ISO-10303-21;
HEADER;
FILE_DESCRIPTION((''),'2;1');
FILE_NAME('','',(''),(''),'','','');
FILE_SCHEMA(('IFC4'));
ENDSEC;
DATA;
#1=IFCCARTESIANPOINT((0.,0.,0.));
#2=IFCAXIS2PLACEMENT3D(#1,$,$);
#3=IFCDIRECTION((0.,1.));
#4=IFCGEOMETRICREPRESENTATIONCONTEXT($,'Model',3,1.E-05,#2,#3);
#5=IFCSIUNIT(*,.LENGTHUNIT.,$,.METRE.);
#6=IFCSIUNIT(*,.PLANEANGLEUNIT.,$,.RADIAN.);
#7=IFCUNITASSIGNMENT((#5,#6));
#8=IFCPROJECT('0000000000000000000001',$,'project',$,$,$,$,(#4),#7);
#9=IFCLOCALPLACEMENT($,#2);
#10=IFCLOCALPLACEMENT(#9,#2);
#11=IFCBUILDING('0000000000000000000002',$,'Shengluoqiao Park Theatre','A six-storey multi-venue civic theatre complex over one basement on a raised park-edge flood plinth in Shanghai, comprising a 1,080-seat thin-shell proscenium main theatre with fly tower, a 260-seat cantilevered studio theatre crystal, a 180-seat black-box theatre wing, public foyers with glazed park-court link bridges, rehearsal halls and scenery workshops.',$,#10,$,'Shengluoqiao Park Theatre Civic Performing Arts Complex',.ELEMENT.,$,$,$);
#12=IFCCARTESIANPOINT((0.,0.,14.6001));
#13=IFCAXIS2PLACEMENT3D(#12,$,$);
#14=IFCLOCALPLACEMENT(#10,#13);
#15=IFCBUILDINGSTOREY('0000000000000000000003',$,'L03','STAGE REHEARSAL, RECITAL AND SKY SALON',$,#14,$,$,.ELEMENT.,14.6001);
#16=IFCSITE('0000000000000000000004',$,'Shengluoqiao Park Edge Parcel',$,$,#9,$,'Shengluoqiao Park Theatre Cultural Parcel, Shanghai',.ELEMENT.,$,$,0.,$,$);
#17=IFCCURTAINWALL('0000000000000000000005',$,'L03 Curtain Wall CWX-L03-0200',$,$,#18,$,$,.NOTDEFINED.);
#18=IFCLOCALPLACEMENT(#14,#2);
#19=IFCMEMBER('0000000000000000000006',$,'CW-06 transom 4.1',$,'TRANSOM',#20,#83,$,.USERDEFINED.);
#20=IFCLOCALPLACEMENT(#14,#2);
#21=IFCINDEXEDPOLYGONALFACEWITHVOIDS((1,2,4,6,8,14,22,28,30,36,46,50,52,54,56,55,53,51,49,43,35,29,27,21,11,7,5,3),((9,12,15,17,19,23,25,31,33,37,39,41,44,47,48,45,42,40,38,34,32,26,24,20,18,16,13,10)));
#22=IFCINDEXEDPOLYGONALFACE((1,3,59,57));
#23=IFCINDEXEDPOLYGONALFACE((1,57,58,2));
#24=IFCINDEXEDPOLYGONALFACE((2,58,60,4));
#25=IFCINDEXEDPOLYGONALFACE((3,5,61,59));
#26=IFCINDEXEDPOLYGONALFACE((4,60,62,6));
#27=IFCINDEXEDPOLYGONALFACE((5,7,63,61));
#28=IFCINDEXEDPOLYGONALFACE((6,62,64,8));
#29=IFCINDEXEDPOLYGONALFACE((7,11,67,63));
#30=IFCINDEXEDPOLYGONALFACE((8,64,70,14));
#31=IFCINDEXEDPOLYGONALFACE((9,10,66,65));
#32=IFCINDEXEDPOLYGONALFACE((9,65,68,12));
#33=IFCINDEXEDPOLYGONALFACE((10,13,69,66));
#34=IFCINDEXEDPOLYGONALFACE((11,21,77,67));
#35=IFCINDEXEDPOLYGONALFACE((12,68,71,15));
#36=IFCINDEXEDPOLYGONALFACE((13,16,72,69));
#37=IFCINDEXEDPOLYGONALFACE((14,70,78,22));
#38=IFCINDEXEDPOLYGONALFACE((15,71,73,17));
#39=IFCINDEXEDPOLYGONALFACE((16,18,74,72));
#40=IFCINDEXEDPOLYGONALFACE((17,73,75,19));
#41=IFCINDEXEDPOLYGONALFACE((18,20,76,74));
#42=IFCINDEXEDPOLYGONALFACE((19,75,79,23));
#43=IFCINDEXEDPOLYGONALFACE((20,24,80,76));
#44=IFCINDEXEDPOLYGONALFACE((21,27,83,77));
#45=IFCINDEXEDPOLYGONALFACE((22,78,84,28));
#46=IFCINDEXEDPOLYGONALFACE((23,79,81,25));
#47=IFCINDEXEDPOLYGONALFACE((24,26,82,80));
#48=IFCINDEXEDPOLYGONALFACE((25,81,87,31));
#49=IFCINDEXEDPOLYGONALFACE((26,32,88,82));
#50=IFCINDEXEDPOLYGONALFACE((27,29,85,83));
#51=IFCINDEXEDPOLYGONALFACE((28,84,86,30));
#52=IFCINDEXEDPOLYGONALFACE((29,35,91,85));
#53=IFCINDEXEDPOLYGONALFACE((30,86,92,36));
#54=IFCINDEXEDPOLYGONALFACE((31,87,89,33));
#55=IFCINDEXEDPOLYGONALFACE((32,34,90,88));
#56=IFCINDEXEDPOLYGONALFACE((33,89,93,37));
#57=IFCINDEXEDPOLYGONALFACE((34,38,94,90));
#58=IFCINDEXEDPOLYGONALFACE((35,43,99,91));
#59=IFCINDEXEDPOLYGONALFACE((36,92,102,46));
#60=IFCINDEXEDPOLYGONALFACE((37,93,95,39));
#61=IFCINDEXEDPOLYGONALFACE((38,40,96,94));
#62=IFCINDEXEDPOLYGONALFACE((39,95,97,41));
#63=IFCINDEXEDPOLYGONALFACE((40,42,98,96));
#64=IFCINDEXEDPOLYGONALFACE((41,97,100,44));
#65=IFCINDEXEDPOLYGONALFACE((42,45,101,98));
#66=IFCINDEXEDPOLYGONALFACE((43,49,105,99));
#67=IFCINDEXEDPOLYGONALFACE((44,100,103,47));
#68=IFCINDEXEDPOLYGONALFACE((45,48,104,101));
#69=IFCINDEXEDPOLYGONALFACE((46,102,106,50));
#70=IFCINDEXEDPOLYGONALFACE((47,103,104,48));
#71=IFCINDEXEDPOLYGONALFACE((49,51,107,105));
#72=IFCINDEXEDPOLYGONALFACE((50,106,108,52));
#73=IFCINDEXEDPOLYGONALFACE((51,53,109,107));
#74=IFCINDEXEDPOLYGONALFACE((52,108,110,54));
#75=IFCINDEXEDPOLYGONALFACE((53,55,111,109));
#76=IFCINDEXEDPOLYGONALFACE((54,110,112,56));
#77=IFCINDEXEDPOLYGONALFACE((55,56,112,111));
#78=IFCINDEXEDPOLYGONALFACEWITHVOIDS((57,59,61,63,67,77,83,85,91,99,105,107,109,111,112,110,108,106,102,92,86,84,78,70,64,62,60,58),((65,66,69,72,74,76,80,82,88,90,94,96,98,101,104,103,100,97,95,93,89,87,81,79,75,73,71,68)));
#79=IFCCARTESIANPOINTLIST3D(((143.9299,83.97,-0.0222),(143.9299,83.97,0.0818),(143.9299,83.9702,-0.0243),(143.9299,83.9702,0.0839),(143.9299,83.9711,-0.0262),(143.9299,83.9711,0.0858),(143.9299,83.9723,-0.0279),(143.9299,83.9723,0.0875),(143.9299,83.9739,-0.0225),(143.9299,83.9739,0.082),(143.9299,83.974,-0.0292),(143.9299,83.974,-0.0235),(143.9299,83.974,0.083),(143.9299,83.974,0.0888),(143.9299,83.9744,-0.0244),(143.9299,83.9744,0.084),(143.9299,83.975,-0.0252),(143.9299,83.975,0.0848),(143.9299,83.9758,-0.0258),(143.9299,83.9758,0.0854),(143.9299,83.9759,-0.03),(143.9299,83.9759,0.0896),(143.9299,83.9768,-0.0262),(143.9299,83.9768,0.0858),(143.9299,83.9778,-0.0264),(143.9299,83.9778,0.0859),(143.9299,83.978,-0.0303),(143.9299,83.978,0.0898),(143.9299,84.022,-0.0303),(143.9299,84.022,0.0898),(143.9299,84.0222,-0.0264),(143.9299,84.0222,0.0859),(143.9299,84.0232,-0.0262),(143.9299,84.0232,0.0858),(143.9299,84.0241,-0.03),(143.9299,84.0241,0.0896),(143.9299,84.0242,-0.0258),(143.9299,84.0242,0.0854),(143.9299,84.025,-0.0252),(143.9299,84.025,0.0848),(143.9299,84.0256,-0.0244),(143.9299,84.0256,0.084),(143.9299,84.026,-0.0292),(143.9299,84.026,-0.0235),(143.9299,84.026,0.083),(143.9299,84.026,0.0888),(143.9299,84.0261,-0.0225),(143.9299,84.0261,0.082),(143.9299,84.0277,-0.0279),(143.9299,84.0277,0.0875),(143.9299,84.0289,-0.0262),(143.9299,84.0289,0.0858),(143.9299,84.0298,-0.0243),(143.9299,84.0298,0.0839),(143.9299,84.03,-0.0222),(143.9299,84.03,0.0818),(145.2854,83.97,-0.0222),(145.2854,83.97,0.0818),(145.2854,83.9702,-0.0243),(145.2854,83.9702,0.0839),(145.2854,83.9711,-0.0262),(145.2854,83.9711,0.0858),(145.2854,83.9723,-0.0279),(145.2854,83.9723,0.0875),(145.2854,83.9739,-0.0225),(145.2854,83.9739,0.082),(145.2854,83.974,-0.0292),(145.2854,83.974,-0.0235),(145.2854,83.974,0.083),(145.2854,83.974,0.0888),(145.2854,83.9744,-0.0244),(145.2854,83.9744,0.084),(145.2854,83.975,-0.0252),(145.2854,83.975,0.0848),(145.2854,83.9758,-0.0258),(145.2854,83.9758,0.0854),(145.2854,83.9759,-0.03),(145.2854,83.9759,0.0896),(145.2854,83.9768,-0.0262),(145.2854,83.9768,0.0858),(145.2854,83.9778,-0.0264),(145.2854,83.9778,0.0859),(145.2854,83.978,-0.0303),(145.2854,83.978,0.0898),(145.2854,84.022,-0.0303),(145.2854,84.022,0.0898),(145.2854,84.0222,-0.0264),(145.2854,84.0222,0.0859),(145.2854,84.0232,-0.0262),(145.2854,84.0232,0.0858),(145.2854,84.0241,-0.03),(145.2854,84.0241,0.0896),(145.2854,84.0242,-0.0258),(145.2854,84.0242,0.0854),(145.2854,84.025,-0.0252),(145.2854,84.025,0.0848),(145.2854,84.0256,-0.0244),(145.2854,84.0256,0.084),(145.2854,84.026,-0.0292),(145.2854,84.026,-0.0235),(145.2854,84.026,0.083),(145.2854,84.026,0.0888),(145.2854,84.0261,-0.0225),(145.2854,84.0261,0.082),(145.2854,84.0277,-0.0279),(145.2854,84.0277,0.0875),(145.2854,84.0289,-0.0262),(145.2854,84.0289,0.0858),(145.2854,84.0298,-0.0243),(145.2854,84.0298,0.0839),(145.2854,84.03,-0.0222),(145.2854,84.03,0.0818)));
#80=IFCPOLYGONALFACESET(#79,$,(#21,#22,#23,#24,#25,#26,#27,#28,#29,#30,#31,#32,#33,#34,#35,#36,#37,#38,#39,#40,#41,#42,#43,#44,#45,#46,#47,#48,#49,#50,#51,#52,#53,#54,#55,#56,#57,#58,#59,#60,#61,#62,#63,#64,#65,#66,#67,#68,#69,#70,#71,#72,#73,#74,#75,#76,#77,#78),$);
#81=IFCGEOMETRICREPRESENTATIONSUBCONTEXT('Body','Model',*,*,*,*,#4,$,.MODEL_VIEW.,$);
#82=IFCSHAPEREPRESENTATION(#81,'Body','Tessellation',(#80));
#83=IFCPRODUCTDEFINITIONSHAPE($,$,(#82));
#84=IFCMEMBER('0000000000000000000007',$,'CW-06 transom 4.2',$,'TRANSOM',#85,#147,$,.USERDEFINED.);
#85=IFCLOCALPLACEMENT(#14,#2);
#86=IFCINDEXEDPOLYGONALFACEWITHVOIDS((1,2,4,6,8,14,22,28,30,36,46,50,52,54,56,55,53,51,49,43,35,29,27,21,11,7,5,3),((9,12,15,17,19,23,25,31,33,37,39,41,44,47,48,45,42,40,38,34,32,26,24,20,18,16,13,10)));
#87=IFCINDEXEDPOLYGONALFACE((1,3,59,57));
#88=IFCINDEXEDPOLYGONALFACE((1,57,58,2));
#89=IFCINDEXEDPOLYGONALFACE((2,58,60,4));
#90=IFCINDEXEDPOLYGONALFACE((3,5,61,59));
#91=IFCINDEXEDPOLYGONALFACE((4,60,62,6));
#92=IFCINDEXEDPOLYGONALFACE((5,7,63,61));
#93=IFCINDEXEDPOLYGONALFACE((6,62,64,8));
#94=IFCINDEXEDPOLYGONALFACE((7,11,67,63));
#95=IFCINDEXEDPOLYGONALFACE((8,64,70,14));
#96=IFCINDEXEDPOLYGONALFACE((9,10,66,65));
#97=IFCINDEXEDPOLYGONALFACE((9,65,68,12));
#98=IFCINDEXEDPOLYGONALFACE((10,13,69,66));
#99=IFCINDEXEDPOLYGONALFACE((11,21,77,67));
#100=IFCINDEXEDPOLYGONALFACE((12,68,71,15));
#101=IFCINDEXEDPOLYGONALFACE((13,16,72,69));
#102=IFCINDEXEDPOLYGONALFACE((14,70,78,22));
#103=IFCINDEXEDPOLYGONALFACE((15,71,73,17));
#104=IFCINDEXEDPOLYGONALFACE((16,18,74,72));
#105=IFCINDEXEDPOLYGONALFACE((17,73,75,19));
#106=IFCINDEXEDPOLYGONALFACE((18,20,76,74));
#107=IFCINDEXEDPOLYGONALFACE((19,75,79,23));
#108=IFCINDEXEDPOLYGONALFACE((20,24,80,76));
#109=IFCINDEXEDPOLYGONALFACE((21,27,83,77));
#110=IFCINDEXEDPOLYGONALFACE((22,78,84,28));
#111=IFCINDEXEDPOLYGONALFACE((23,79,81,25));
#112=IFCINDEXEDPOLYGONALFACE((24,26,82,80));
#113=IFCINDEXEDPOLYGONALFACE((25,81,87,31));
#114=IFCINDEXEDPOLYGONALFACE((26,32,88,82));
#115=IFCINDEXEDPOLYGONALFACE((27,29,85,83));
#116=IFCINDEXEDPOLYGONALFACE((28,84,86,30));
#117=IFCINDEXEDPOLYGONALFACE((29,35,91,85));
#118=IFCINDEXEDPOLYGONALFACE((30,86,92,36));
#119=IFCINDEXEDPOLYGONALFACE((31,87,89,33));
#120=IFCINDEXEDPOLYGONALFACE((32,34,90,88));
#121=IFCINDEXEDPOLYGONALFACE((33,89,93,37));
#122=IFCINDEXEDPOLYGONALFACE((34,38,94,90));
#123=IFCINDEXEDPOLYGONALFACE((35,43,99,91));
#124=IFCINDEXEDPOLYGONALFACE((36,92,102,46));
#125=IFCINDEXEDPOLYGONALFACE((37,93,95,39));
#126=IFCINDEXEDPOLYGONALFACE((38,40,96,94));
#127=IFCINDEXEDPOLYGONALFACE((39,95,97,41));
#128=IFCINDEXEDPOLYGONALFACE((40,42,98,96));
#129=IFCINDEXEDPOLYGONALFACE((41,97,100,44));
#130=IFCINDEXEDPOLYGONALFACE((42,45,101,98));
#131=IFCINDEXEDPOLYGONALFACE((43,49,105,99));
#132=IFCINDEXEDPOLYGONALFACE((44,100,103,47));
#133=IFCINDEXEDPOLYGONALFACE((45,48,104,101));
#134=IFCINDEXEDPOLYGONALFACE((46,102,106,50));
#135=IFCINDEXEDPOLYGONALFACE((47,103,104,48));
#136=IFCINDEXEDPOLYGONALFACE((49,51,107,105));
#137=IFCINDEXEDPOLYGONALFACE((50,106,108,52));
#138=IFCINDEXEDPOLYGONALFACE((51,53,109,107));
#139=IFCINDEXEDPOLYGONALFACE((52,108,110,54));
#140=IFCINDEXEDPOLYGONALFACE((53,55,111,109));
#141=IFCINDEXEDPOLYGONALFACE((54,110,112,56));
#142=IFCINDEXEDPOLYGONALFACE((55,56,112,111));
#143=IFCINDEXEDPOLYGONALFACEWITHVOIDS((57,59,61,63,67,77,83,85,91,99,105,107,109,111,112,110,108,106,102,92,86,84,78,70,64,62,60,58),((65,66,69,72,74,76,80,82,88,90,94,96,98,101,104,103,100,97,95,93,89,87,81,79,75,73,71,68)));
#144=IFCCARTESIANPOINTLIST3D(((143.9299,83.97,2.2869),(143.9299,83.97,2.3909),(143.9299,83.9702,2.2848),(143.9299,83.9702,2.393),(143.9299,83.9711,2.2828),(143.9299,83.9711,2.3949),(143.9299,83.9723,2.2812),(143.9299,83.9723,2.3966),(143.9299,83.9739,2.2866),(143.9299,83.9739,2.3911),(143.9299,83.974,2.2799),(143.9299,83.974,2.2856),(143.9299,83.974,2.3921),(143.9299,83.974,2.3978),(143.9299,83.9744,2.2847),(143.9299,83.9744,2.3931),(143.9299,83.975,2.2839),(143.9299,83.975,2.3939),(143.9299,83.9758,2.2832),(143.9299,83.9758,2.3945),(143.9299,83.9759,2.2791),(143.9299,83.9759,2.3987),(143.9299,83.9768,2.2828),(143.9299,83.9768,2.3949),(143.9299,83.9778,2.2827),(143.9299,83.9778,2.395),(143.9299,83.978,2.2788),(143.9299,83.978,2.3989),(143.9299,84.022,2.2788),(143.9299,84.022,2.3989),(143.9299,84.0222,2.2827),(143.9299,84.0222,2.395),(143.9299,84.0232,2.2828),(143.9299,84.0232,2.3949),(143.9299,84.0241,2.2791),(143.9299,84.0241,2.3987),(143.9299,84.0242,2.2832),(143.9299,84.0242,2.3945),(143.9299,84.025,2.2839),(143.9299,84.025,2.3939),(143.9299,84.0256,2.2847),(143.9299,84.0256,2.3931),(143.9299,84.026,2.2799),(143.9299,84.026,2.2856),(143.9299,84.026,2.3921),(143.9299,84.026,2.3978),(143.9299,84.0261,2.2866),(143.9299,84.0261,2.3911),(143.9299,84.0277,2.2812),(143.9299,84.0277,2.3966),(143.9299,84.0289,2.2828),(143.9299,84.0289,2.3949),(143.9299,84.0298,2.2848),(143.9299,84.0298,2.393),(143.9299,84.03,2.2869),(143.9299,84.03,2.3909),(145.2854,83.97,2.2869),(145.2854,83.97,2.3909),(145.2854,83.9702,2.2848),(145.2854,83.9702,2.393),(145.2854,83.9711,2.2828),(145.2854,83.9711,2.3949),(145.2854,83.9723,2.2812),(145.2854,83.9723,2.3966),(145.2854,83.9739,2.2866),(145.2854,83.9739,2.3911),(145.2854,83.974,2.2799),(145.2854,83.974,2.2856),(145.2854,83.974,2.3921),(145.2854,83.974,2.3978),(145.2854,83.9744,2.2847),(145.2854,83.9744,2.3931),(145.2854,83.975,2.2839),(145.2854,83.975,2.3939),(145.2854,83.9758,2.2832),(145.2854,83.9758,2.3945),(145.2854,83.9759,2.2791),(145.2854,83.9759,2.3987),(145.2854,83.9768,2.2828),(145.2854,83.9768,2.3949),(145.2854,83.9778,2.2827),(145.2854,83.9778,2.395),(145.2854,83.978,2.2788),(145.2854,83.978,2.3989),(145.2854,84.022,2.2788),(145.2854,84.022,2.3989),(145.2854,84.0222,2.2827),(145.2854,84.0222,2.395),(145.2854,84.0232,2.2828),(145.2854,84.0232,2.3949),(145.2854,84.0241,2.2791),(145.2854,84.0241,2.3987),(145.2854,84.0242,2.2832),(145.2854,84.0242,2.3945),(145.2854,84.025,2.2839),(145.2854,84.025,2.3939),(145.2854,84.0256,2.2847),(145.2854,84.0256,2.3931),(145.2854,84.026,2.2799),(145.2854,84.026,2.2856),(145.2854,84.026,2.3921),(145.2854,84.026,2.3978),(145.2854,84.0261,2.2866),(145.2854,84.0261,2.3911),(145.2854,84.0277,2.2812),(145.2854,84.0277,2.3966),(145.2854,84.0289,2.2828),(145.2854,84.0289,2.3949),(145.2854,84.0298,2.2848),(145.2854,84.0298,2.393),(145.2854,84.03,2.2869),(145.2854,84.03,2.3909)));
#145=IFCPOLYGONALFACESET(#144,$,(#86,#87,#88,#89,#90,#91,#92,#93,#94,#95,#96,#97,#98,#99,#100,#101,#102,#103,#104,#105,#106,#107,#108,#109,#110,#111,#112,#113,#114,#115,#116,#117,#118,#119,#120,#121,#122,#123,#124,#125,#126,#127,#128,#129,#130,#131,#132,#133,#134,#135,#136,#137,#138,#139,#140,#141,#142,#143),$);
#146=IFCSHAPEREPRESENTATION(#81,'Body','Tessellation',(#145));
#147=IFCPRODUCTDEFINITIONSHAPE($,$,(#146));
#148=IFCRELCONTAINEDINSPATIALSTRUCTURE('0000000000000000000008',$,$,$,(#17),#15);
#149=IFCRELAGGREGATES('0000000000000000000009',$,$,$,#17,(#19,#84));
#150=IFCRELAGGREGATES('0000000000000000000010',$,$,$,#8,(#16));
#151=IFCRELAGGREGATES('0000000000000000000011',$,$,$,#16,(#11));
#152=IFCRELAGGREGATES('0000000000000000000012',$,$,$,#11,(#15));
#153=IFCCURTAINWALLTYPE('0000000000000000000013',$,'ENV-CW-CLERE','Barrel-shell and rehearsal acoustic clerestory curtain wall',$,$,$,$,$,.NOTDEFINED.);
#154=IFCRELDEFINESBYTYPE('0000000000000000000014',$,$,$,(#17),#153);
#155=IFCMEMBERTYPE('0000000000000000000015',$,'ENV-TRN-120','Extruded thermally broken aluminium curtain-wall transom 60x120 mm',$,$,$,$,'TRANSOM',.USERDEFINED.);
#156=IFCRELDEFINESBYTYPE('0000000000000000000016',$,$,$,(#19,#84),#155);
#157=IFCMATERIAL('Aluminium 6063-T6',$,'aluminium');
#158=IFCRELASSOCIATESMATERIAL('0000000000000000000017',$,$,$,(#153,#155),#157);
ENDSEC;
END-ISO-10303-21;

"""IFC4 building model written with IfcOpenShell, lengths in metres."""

from ifc_helpers import new_model, si_unit, direction, frame, origin, origin_2d, place, context, subcontext, project, spatial, hollow_rectangle, extrude, material, material_profile, profile_set, type_object, element, aggregate, save


model = new_model("IFC4")

# Units and contexts
model_context = context("Model", 3, precision=1e-05, world=origin(), true_north=direction((0.0, 1.0)))
body_context = subcontext(model_context, "Body", "Model", "MODEL_VIEW")
ifc_project = project(units=[si_unit("LENGTHUNIT", "METRE"), si_unit("PLANEANGLEUNIT", "RADIAN")], contexts=[model_context])

# Site, building, storey
site_placement = place(None, origin())
site = spatial("IfcSite", under=ifc_project, at=site_placement, Name="Shengluoqiao Park Edge Parcel", LongName="Shengluoqiao Park Theatre Cultural Parcel, Shanghai", CompositionType="ELEMENT", RefElevation=0.0)
building_placement = place(site_placement, origin())
building = spatial("IfcBuilding", under=site, at=building_placement, Name="Shengluoqiao Park Theatre", Description="A six-storey multi-venue civic theatre complex over one basement on a raised park-edge flood plinth in Shanghai, comprising a 1,080-seat thin-shell proscenium main theatre with fly tower, a 260-seat cantilevered studio theatre crystal, a 180-seat black-box theatre wing, public foyers with glazed park-court link bridges, rehearsal halls and scenery workshops.", LongName="Shengluoqiao Park Theatre Civic Performing Arts Complex", CompositionType="ELEMENT")
storey_placement = place(building_placement, frame((0.0, 0.0, 14.6001)))
storey = spatial("IfcBuildingStorey", under=building, at=storey_placement, Name="L03", Description="STAGE REHEARSAL, RECITAL AND SKY SALON", CompositionType="ELEMENT", Elevation=14.6001)

# Curtain wall, members
ifc_material_1 = material(Name="Aluminium 6063-T6", Category="aluminium")
curtain_wall_type = type_object("IfcCurtainWallType", Name="ENV-CW-CLERE", Description="Barrel-shell and rehearsal acoustic clerestory curtain wall", PredefinedType="NOTDEFINED", material=ifc_material_1)
curtain_wall_placement = place(storey_placement, origin())
curtain_wall = element("IfcCurtainWall", 1, at=curtain_wall_placement, inside=storey, type_object=curtain_wall_type, Name="L03 Curtain Wall CWX-L03-0200", PredefinedType="NOTDEFINED")
ifc_material_profile_1 = material_profile(ifc_material_1, hollow_rectangle(XDim=0.0601, YDim=0.1201, WallThickness=0.0039, InnerFilletRadius=0.0039, OuterFilletRadius=0.0081, at=origin_2d()), Name="ALU TRANSOM 120x60x4")
ifc_profile_set_1 = profile_set([ifc_material_profile_1], Name="Aluminium 6063-T6")
member_type_1 = type_object("IfcMemberType", Name="ENV-TRN-120", Description="Extruded thermally broken aluminium curtain-wall transom 60x120 mm", ElementType="TRANSOM", PredefinedType="USERDEFINED", material=ifc_profile_set_1)
member_1_placement = place(storey_placement, frame((143.9299, 84.0, 0.0298), z_axis=(1.0, 0.0, 0.0), x_axis=(0.0, 1.0, 0.0)))
member_1 = element("IfcMember", 2, at=member_1_placement, type_object=member_type_1, Name="CW-06 transom 4.1", ObjectType="TRANSOM", PredefinedType="USERDEFINED", context=body_context, shape_type="SweptSolid", body=[
    extrude(hollow_rectangle(XDim=0.0601, YDim=0.1201, WallThickness=0.0039, InnerFilletRadius=0.0039, OuterFilletRadius=0.0081, at=origin_2d()), origin(), (0.0, 0.0, 1.0), 1.3555),
])
member_2_placement = place(storey_placement, frame((143.9299, 84.0, 2.3389), z_axis=(1.0, 0.0, 0.0), x_axis=(0.0, 1.0, 0.0)))
member_2 = element("IfcMember", 3, at=member_2_placement, type_object=member_type_1, Name="CW-06 transom 4.2", ObjectType="TRANSOM", PredefinedType="USERDEFINED", context=body_context, shape_type="SweptSolid", body=[
    extrude(hollow_rectangle(XDim=0.0601, YDim=0.1201, WallThickness=0.0039, InnerFilletRadius=0.0039, OuterFilletRadius=0.0081, at=origin_2d()), origin(), (0.0, 0.0, 1.0), 1.3555),
])
aggregate(curtain_wall, [member_1, member_2])

save(model, "model.ifc")
